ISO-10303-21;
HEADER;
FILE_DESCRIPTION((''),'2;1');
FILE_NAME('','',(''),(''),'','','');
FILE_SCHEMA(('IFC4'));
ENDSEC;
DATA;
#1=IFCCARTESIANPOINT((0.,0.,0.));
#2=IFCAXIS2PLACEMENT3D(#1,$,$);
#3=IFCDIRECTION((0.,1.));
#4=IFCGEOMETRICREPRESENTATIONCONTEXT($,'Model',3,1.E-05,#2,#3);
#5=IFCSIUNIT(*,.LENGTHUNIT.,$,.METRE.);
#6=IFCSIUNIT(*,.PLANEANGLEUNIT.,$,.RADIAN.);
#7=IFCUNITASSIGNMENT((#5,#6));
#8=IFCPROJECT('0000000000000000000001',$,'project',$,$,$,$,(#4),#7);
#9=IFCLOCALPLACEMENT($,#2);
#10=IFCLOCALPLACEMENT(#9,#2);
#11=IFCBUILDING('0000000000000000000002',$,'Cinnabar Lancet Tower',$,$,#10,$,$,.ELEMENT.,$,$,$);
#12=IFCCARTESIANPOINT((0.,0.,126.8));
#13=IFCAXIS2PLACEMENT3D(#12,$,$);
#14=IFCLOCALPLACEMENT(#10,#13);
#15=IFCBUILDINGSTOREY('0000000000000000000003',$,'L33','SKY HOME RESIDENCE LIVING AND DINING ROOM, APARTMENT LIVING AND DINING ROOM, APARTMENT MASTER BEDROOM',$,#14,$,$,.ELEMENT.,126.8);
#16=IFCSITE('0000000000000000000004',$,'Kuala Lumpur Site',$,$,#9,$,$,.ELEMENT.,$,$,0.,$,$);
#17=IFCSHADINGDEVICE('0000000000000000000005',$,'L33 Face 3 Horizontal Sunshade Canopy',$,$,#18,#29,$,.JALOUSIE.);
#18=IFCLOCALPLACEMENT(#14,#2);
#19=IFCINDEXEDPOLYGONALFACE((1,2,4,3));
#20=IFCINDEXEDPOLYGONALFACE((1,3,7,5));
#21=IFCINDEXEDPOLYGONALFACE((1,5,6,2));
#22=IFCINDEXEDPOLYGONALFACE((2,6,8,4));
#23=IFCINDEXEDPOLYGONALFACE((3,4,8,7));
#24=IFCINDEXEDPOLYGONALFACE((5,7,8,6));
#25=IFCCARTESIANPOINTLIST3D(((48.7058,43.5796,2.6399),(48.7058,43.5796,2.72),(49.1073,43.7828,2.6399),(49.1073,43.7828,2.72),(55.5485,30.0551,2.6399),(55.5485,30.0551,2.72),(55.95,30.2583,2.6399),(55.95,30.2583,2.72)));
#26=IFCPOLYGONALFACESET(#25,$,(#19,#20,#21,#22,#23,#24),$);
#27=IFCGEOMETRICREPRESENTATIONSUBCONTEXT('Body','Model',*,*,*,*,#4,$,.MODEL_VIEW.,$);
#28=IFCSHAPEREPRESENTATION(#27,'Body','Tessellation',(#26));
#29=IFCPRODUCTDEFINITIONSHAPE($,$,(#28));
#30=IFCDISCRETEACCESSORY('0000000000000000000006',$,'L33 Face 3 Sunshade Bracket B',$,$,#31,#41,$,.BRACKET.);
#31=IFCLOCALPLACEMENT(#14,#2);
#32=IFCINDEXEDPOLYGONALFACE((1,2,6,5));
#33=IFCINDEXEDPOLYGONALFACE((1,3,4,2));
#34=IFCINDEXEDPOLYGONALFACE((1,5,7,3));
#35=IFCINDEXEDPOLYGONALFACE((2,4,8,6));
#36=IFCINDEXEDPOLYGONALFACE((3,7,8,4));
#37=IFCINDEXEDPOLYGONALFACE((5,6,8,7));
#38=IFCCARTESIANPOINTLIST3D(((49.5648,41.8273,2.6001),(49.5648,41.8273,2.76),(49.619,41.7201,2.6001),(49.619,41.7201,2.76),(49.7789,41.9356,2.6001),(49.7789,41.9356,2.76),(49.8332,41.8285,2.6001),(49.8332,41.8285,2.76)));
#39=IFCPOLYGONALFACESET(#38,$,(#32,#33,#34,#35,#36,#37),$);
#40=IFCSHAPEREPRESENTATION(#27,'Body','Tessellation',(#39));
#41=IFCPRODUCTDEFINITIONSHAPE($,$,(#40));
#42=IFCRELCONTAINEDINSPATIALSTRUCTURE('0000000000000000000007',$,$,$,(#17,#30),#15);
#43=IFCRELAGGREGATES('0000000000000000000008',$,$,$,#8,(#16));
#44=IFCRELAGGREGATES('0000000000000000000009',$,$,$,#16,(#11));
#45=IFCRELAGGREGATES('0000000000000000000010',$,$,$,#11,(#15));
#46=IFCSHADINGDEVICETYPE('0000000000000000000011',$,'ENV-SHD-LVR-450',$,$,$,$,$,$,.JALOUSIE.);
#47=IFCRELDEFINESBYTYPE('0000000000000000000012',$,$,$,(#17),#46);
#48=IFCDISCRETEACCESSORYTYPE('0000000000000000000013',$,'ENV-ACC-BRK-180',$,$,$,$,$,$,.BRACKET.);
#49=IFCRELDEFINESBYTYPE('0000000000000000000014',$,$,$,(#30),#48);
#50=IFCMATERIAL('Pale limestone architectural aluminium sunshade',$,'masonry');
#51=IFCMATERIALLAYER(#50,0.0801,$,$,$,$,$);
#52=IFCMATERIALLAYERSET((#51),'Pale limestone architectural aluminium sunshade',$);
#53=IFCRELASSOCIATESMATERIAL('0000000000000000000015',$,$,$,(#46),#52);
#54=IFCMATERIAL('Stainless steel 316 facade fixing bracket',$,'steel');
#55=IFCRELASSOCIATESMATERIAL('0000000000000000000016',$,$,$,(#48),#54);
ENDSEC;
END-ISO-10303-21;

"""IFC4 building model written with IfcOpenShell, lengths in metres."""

from ifc_helpers import new_model, si_unit, direction, frame, origin, origin_2d, place, context, subcontext, project, spatial, rectangle, extrude, material, layer, layer_set, type_object, element, save


model = new_model("IFC4")

# Units and contexts
model_context = context("Model", 3, precision=1e-05, world=origin(), true_north=direction((0.0, 1.0)))
body_context = subcontext(model_context, "Body", "Model", "MODEL_VIEW")
ifc_project = project(units=[si_unit("LENGTHUNIT", "METRE"), si_unit("PLANEANGLEUNIT", "RADIAN")], contexts=[model_context])

# Site, building, storey
site_placement = place(None, origin())
site = spatial("IfcSite", under=ifc_project, at=site_placement, Name="Kuala Lumpur Site", CompositionType="ELEMENT", RefElevation=0.0)
building_placement = place(site_placement, origin())
building = spatial("IfcBuilding", under=site, at=building_placement, Name="Cinnabar Lancet Tower", CompositionType="ELEMENT")
storey_placement = place(building_placement, frame((0.0, 0.0, 126.8)))
storey = spatial("IfcBuildingStorey", under=building, at=storey_placement, Name="L33", Description="SKY HOME RESIDENCE LIVING AND DINING ROOM, APARTMENT LIVING AND DINING ROOM, APARTMENT MASTER BEDROOM", CompositionType="ELEMENT", Elevation=126.8)

# Shading device
ifc_material_1 = material(Name="Pale limestone architectural aluminium sunshade", Category="masonry")
ifc_layer_1 = layer(ifc_material_1, 0.0801)
ifc_layer_set_1 = layer_set([ifc_layer_1], Name="Pale limestone architectural aluminium sunshade")
shading_device_type = type_object("IfcShadingDeviceType", Name="ENV-SHD-LVR-450", PredefinedType="JALOUSIE", material=ifc_layer_set_1)
shading_device_placement = place(storey_placement, frame((52.3279, 36.9189, 2.6399), z_axis=(0.0, 0.0, 1.0), x_axis=(-0.451454, 0.892294, 0.0)))
element("IfcShadingDevice", 1, at=shading_device_placement, inside=storey, type_object=shading_device_type, Name="L33 Face 3 Horizontal Sunshade Canopy", PredefinedType="JALOUSIE", context=body_context, shape_type="SweptSolid", body=[
    extrude(rectangle(XDim=15.157, YDim=0.45, at=origin_2d()), origin(), (0.0, 0.0, 1.0), 0.0801),
])

# Discrete accessory
ifc_material_2 = material(Name="Stainless steel 316 facade fixing bracket", Category="steel")
discrete_accessory_type = type_object("IfcDiscreteAccessoryType", Name="ENV-ACC-BRK-180", PredefinedType="BRACKET", material=ifc_material_2)
discrete_accessory_placement = place(storey_placement, frame((49.699, 41.8279, 2.6001), z_axis=(0.0, 0.0, 1.0), x_axis=(-0.451454, 0.892294, 0.0)))
element("IfcDiscreteAccessory", 2, at=discrete_accessory_placement, inside=storey, type_object=discrete_accessory_type, Name="L33 Face 3 Sunshade Bracket B", PredefinedType="BRACKET", context=body_context, shape_type="SweptSolid", body=[
    extrude(rectangle(XDim=0.1201, YDim=0.24, at=origin_2d()), origin(), (0.0, 0.0, 1.0), 0.1599),
])

save(model, "model.ifc")
